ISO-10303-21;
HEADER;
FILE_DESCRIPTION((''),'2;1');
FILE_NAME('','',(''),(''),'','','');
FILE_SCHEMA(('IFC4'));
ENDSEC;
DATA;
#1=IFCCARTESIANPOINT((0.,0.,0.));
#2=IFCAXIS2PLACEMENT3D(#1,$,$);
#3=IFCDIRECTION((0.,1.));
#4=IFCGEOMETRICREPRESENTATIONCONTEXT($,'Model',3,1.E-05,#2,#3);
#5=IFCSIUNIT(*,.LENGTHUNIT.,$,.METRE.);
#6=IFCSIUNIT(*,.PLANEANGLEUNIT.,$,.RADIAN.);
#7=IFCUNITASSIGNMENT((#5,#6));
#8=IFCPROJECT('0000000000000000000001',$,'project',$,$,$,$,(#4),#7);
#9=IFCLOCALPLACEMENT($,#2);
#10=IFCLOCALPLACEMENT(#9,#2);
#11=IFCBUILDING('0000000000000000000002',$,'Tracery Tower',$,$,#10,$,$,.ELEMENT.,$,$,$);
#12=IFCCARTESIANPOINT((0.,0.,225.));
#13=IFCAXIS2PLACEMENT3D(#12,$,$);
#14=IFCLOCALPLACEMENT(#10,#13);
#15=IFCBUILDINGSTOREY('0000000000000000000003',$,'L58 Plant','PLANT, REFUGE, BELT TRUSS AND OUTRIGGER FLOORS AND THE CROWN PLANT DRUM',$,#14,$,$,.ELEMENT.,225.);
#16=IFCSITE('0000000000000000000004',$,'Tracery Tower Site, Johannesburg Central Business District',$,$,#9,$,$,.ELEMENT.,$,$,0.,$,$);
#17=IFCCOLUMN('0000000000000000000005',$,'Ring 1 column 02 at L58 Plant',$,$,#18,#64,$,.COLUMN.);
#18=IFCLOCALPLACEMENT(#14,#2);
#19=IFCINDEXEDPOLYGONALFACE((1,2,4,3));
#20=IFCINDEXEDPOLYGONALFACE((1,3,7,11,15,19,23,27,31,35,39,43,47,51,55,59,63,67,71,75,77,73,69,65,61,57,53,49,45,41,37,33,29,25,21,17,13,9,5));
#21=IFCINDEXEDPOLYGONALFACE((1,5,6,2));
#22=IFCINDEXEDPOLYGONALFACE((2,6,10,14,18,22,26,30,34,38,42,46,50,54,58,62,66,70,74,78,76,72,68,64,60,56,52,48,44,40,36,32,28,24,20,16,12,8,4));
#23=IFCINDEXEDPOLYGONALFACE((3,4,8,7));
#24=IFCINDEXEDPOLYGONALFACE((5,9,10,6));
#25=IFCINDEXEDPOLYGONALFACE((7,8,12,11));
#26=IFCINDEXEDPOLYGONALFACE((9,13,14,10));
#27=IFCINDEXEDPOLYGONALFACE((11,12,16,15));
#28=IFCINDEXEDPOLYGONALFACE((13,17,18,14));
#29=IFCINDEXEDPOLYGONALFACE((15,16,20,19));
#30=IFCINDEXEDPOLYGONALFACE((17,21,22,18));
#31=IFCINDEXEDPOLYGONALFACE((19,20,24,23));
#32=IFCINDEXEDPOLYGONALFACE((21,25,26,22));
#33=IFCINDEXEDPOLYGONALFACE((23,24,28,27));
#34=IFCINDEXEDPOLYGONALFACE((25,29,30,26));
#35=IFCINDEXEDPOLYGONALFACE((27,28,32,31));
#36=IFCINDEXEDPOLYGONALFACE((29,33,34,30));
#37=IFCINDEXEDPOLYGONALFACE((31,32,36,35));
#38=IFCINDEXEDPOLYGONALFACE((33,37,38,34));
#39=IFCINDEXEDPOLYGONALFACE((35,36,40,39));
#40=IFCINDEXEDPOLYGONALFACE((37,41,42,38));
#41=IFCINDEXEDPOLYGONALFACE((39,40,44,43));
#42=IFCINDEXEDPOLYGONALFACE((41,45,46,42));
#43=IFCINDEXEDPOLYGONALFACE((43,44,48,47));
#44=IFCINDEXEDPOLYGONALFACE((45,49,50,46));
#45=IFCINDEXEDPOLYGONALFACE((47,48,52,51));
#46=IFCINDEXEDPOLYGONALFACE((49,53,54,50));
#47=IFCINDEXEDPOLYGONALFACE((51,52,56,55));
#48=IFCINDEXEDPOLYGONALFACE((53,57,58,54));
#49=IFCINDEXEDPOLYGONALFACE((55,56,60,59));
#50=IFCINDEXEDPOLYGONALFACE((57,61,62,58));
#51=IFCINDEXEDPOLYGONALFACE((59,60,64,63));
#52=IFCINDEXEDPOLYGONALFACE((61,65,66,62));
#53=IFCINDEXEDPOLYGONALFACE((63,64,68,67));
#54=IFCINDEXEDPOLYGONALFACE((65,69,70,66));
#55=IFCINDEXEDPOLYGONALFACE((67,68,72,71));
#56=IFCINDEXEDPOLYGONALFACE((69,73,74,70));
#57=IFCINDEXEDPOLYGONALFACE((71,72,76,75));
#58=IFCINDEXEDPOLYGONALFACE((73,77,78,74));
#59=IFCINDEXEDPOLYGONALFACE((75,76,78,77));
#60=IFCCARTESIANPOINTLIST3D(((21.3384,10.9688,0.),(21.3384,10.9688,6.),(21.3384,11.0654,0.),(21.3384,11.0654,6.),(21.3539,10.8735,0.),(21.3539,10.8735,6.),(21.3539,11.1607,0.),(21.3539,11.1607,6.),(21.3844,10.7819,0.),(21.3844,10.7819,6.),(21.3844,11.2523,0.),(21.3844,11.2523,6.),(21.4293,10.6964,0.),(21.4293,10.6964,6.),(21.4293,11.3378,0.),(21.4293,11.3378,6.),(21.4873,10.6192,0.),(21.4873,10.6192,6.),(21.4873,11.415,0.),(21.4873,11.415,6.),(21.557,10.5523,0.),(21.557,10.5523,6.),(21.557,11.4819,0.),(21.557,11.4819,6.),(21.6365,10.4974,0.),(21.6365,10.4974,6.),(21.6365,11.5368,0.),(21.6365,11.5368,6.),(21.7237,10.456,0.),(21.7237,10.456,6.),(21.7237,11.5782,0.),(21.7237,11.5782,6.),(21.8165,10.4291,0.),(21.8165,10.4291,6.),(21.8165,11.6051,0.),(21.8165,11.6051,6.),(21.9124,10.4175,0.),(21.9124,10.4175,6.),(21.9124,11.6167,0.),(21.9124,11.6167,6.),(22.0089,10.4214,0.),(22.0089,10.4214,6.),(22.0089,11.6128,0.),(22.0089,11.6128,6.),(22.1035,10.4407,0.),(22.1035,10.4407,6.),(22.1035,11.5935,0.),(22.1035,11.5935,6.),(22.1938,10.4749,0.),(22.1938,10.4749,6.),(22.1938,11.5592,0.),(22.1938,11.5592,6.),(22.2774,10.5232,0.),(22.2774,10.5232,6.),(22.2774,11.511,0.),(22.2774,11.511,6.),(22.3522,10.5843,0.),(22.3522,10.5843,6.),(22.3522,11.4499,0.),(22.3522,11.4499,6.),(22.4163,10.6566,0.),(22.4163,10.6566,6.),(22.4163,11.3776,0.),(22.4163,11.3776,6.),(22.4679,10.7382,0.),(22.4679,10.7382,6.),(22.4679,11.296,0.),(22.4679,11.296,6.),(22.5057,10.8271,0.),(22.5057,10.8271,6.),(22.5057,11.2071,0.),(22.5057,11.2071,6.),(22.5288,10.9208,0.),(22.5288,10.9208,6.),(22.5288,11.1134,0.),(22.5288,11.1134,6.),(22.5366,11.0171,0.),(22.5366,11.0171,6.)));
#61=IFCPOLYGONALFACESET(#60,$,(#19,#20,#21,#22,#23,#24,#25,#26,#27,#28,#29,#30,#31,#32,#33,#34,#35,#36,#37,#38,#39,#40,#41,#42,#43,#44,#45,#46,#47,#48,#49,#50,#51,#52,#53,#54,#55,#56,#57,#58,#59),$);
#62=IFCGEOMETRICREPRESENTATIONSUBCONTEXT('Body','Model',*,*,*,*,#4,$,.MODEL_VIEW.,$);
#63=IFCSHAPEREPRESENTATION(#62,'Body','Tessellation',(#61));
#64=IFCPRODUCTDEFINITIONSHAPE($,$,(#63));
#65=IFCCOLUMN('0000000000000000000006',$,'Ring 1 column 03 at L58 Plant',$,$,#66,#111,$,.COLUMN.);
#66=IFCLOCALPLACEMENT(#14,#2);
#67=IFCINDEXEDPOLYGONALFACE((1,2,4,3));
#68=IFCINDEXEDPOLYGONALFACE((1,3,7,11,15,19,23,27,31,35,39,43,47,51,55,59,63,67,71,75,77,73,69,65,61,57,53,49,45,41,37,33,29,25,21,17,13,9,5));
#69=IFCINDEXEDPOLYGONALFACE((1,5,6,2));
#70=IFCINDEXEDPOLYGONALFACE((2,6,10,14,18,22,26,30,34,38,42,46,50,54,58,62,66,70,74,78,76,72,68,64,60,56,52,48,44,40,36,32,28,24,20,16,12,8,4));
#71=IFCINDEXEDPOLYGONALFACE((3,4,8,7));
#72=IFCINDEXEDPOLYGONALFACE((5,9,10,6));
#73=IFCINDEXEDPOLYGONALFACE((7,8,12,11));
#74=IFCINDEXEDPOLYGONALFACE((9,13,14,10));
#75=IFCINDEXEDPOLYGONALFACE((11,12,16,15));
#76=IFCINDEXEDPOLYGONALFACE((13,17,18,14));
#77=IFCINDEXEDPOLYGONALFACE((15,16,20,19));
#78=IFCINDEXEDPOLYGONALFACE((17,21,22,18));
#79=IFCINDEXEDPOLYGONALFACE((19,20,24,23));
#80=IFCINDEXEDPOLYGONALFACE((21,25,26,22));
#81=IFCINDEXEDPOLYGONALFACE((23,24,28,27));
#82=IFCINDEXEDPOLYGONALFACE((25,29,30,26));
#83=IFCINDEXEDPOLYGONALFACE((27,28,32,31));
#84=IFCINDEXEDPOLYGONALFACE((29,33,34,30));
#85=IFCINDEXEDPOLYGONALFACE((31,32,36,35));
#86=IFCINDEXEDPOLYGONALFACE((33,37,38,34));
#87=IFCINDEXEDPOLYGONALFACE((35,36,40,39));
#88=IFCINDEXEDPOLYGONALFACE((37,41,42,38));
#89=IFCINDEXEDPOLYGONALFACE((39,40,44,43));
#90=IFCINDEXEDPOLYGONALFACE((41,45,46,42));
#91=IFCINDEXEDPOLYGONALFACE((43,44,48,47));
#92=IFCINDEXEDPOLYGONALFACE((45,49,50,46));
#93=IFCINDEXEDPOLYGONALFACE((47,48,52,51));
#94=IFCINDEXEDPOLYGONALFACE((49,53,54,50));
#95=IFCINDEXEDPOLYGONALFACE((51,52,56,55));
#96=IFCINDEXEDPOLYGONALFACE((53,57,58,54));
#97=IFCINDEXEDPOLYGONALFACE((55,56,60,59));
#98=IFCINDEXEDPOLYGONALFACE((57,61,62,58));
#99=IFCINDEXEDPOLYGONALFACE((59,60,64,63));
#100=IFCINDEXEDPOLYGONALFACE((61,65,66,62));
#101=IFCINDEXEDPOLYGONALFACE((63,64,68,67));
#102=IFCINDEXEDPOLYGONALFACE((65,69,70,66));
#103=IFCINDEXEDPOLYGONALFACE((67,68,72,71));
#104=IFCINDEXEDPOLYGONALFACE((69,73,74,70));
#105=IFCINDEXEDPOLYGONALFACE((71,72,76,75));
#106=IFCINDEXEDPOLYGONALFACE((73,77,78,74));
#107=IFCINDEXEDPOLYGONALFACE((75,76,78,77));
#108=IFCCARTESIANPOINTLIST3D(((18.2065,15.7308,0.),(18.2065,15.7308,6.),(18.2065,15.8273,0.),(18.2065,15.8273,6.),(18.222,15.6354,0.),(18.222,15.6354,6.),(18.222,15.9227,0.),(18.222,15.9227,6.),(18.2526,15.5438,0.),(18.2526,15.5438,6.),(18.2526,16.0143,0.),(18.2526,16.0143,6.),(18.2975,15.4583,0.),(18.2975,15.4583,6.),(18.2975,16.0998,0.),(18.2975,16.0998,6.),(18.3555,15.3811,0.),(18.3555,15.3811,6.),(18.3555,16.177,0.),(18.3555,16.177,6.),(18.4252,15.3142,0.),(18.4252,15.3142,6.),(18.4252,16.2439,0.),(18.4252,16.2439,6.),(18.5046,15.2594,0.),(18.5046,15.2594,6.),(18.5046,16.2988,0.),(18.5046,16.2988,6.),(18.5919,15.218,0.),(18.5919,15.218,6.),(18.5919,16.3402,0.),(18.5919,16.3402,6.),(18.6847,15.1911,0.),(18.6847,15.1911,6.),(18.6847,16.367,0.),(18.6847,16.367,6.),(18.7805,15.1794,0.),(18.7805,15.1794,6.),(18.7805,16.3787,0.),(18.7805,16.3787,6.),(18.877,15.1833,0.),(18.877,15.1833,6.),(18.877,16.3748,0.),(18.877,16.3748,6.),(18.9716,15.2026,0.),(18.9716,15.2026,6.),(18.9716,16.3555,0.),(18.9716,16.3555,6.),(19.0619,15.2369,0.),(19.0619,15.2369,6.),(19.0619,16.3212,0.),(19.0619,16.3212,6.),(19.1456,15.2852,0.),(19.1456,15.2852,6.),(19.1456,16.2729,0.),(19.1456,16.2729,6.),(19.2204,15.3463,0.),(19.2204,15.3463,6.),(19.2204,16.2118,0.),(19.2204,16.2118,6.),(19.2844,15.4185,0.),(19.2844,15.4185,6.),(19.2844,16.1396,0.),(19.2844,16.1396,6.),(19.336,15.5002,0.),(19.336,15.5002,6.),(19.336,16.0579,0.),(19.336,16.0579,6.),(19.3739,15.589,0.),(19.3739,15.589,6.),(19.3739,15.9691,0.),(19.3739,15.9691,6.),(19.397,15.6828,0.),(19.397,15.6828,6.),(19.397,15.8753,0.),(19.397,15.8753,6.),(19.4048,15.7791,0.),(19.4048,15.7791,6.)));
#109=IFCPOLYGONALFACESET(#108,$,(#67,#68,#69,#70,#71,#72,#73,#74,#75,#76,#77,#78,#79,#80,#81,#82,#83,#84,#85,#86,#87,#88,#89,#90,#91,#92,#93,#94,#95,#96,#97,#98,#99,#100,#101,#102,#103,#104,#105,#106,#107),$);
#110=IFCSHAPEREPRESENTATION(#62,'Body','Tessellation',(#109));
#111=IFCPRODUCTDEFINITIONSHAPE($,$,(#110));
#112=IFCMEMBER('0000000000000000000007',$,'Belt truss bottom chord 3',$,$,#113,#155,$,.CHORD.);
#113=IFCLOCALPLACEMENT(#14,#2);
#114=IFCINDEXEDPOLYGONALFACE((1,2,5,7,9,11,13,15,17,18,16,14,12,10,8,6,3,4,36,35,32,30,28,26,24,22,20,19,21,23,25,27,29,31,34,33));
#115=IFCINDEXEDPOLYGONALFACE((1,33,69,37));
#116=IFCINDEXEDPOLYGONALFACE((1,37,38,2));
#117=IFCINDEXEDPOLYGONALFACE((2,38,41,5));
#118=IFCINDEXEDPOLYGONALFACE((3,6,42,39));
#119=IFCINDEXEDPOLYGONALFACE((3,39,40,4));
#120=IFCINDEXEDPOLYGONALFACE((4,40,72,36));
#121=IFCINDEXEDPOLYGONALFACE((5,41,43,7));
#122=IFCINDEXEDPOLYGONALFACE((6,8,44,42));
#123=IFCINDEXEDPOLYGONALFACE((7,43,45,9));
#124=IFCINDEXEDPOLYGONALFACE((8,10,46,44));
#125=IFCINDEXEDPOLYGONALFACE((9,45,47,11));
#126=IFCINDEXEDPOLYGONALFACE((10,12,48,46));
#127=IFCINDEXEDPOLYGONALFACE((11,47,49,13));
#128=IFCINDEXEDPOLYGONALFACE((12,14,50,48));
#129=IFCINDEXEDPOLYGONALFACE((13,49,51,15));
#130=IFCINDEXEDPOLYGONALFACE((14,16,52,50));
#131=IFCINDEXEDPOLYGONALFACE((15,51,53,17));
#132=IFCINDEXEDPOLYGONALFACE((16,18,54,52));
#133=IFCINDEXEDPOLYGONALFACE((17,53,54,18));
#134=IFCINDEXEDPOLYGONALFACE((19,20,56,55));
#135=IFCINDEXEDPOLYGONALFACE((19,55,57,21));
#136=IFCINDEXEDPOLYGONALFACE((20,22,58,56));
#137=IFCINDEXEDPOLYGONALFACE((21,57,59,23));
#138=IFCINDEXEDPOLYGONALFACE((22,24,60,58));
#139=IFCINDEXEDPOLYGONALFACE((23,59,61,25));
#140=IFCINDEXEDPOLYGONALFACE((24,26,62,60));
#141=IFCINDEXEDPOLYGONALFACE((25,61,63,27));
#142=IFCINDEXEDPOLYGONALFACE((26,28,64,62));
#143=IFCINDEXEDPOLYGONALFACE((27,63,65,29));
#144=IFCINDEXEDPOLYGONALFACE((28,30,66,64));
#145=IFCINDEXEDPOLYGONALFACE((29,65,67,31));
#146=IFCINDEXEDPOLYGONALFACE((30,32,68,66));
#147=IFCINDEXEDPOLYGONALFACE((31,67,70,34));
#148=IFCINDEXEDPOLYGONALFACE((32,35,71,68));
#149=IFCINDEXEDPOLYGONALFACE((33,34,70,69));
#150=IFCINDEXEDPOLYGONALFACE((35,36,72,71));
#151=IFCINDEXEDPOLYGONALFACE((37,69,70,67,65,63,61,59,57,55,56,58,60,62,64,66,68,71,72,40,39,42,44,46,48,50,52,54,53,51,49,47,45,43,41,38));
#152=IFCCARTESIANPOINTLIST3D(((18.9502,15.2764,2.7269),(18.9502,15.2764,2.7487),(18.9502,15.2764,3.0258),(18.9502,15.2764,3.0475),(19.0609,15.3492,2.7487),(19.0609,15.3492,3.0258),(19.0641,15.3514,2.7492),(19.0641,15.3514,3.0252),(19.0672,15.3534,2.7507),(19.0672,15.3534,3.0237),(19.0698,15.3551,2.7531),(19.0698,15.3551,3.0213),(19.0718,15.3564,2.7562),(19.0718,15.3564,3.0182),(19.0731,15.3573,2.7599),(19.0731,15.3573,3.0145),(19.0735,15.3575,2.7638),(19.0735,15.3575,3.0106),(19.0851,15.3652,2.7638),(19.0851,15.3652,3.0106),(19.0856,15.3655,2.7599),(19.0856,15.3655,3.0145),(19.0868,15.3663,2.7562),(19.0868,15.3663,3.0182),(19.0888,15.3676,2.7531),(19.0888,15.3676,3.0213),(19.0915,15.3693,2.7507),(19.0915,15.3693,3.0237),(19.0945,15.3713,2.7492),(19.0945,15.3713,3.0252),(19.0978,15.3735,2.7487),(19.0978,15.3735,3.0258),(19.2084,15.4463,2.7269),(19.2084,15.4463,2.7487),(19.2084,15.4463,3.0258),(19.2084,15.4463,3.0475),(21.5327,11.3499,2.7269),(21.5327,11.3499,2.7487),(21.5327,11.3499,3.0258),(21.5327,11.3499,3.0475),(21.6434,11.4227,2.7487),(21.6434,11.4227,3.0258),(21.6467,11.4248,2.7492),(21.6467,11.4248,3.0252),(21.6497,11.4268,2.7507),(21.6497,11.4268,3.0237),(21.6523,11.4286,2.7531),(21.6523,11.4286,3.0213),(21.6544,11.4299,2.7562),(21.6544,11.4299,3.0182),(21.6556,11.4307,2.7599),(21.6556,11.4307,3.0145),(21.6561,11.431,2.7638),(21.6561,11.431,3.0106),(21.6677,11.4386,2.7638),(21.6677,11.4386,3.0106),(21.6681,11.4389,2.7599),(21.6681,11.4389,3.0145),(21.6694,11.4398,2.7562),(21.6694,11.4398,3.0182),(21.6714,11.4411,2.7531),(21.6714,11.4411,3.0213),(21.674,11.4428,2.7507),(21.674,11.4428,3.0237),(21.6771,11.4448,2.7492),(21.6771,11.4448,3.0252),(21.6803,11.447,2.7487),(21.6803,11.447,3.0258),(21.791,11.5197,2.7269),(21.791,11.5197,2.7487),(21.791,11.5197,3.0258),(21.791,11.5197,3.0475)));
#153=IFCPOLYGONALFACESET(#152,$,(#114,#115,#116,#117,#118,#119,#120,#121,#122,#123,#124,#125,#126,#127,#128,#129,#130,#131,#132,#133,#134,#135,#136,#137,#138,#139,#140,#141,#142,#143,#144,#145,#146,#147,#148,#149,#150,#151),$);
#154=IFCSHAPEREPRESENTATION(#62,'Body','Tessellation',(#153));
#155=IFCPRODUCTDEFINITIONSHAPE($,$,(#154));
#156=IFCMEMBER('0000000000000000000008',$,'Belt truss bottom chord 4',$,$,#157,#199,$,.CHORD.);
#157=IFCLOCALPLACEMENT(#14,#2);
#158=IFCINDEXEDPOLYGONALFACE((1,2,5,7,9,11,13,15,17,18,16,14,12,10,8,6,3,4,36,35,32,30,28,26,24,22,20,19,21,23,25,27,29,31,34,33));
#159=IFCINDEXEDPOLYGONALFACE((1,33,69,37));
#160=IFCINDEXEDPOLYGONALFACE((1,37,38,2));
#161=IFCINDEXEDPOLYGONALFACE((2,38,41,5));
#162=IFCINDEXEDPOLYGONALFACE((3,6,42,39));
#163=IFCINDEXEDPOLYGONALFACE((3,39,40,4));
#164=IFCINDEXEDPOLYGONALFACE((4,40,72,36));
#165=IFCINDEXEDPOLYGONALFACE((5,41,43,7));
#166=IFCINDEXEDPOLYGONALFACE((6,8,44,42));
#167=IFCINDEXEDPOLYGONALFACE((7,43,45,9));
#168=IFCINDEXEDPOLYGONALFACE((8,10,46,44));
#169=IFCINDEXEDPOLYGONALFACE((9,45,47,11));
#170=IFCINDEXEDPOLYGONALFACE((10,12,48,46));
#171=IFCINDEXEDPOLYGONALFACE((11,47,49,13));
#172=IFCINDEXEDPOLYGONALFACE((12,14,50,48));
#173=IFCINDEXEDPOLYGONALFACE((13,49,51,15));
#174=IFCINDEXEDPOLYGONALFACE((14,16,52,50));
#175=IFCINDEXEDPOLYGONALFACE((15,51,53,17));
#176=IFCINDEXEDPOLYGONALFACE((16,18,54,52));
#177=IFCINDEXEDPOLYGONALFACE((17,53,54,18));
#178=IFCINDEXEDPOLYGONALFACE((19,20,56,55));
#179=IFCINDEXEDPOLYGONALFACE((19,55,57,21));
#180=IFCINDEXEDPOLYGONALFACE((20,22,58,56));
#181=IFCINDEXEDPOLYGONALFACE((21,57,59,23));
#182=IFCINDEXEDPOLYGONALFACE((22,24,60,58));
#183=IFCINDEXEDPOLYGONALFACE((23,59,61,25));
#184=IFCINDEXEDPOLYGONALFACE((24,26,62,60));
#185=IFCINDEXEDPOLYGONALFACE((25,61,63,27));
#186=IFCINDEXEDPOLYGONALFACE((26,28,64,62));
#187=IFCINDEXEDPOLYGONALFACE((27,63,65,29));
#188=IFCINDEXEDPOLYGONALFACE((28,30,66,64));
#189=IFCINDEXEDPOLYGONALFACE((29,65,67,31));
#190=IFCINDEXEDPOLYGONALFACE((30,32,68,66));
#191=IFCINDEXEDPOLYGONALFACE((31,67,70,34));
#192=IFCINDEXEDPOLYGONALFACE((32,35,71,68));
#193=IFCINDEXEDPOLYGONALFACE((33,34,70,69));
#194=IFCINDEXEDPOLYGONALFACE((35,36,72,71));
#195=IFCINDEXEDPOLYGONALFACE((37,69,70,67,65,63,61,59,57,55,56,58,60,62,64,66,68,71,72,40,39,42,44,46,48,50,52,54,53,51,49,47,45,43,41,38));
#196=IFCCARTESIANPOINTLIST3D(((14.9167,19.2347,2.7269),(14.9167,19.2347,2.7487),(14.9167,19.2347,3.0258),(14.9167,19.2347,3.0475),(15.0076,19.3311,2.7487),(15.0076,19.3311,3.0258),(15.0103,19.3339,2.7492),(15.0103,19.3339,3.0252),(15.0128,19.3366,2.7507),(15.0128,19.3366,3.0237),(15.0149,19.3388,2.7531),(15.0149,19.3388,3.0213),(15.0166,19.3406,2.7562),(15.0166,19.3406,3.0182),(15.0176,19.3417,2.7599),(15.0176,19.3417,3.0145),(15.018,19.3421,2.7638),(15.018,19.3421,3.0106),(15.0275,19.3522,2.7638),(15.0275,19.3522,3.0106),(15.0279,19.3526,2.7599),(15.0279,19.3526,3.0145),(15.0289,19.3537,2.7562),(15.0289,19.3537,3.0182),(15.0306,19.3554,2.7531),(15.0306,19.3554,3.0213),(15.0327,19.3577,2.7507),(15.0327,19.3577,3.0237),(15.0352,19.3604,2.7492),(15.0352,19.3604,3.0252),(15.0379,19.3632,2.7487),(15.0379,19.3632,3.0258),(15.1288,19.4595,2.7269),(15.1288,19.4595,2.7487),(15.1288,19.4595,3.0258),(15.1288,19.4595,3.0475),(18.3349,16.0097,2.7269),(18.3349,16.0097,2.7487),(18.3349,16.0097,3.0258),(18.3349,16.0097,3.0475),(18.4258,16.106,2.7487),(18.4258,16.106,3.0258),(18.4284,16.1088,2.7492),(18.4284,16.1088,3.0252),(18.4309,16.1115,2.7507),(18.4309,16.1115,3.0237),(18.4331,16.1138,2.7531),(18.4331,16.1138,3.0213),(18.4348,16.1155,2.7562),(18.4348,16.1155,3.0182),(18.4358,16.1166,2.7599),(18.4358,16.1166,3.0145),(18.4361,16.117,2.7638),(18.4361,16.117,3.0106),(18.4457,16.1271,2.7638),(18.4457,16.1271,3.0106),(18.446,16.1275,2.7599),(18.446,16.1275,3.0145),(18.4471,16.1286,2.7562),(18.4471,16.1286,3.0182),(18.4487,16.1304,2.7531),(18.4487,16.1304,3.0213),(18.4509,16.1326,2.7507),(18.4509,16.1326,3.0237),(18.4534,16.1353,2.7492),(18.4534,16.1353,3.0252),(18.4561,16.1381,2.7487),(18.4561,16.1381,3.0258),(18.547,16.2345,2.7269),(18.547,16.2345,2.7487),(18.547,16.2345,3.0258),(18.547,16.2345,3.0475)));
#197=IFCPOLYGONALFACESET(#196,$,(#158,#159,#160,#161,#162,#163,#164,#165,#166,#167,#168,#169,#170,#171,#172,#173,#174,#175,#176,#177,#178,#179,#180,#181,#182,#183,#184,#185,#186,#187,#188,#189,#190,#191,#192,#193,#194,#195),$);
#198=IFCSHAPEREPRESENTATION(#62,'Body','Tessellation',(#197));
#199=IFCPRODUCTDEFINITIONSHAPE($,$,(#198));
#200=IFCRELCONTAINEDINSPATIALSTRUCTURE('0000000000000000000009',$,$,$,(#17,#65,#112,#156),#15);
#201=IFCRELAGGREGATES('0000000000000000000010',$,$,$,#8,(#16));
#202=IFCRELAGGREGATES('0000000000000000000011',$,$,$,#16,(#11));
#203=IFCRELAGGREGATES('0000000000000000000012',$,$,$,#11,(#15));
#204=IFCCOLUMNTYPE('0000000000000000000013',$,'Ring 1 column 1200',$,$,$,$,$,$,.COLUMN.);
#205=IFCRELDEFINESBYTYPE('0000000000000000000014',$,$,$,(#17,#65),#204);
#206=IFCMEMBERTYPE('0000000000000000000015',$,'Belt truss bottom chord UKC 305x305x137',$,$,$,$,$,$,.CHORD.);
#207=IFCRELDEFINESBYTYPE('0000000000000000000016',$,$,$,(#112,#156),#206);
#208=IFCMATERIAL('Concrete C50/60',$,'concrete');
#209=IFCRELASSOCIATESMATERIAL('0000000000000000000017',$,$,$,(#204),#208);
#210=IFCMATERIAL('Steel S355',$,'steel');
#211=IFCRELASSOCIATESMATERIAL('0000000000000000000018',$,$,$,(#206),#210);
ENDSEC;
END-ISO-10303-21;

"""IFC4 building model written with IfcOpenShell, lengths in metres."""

from ifc_helpers import new_model, si_unit, direction, frame, origin, origin_2d, place, context, subcontext, project, spatial, circle, i_section, extrude, material, material_profile, profile_set, type_object, element, save


model = new_model("IFC4")

# Units and contexts
model_context = context("Model", 3, precision=1e-05, world=origin(), true_north=direction((0.0, 1.0)))
body_context = subcontext(model_context, "Body", "Model", "MODEL_VIEW")
ifc_project = project(units=[si_unit("LENGTHUNIT", "METRE"), si_unit("PLANEANGLEUNIT", "RADIAN")], contexts=[model_context])

# Site, building, storey
site_placement = place(None, origin())
site = spatial("IfcSite", under=ifc_project, at=site_placement, Name="Tracery Tower Site, Johannesburg Central Business District", CompositionType="ELEMENT", RefElevation=0.0)
building_placement = place(site_placement, origin())
building = spatial("IfcBuilding", under=site, at=building_placement, Name="Tracery Tower", CompositionType="ELEMENT")
storey_placement = place(building_placement, frame((0.0, 0.0, 225.0)))
storey = spatial("IfcBuildingStorey", under=building, at=storey_placement, Name="L58 Plant", Description="PLANT, REFUGE, BELT TRUSS AND OUTRIGGER FLOORS AND THE CROWN PLANT DRUM", CompositionType="ELEMENT", Elevation=225.0)

# Columns
ifc_material_1 = material(Name="Concrete C50/60", Category="concrete")
ifc_material_profile_1 = material_profile(ifc_material_1, circle(Radius=0.6001, at=origin_2d()), Name="RC D1200")
ifc_profile_set_1 = profile_set([ifc_material_profile_1], Name="Concrete C50/60")
column_type = type_object("IfcColumnType", Name="Ring 1 column 1200", PredefinedType="COLUMN", material=ifc_profile_set_1)
for number, where, z_axis, x_axis, name in (
    (1, (21.9365, 11.0171, 0.0), (0.0, 0.0, 1.0), (1.0, 0.0, 0.0), "Ring 1 column 02 at L58 Plant"),
    (2, (18.8047, 15.7791, 0.0), (0.0, 0.0, 1.0), (1.0, 0.0, 0.0), "Ring 1 column 03 at L58 Plant"),
):
    element("IfcColumn", number, at=place(storey_placement, frame(where, z_axis=z_axis, x_axis=x_axis)), inside=storey, type_object=column_type, Name=name, PredefinedType="COLUMN", context=body_context, shape_type="SweptSolid", body=[
        extrude(circle(Radius=0.6001, at=origin_2d()), origin(), (0.0, 0.0, 1.0), 6.0),
    ])

# Members
ifc_material_2 = material(Name="Steel S355", Category="steel")
ifc_material_profile_2 = material_profile(ifc_material_2, i_section(OverallWidth=0.3091, OverallDepth=0.3206, WebThickness=0.0139, FlangeThickness=0.0217, FilletRadius=0.0151, at=origin_2d()), Name="UKC 305x305x137")
ifc_profile_set_2 = profile_set([ifc_material_profile_2], Name="Steel S355")
member_type_1 = type_object("IfcMemberType", Name="Belt truss bottom chord UKC 305x305x137", PredefinedType="CHORD", material=ifc_profile_set_2)
member_1_placement = place(storey_placement, frame((21.6619, 11.4348, 2.8872), z_axis=(-0.549511, 0.835487, 0.0), x_axis=(-0.835487, -0.549511, 0.0)))
element("IfcMember", 3, at=member_1_placement, inside=storey, type_object=member_type_1, Name="Belt truss bottom chord 3", PredefinedType="CHORD", context=body_context, shape_type="SweptSolid", body=[
    extrude(i_section(OverallWidth=0.3091, OverallDepth=0.3206, WebThickness=0.0139, FlangeThickness=0.0217, FilletRadius=0.0151, at=origin_2d()), origin(), (0.0, 0.0, 1.0), 4.6997),
])
member_2_placement = place(storey_placement, frame((18.4409, 16.1221, 2.8872), z_axis=(-0.727355, 0.686262, 0.0), x_axis=(-0.686262, -0.727355, 0.0)))
element("IfcMember", 4, at=member_2_placement, inside=storey, type_object=member_type_1, Name="Belt truss bottom chord 4", PredefinedType="CHORD", context=body_context, shape_type="SweptSolid", body=[
    extrude(i_section(OverallWidth=0.3091, OverallDepth=0.3206, WebThickness=0.0139, FlangeThickness=0.0217, FilletRadius=0.0151, at=origin_2d()), origin(), (0.0, 0.0, 1.0), 4.6995),
])

save(model, "model.ifc")
